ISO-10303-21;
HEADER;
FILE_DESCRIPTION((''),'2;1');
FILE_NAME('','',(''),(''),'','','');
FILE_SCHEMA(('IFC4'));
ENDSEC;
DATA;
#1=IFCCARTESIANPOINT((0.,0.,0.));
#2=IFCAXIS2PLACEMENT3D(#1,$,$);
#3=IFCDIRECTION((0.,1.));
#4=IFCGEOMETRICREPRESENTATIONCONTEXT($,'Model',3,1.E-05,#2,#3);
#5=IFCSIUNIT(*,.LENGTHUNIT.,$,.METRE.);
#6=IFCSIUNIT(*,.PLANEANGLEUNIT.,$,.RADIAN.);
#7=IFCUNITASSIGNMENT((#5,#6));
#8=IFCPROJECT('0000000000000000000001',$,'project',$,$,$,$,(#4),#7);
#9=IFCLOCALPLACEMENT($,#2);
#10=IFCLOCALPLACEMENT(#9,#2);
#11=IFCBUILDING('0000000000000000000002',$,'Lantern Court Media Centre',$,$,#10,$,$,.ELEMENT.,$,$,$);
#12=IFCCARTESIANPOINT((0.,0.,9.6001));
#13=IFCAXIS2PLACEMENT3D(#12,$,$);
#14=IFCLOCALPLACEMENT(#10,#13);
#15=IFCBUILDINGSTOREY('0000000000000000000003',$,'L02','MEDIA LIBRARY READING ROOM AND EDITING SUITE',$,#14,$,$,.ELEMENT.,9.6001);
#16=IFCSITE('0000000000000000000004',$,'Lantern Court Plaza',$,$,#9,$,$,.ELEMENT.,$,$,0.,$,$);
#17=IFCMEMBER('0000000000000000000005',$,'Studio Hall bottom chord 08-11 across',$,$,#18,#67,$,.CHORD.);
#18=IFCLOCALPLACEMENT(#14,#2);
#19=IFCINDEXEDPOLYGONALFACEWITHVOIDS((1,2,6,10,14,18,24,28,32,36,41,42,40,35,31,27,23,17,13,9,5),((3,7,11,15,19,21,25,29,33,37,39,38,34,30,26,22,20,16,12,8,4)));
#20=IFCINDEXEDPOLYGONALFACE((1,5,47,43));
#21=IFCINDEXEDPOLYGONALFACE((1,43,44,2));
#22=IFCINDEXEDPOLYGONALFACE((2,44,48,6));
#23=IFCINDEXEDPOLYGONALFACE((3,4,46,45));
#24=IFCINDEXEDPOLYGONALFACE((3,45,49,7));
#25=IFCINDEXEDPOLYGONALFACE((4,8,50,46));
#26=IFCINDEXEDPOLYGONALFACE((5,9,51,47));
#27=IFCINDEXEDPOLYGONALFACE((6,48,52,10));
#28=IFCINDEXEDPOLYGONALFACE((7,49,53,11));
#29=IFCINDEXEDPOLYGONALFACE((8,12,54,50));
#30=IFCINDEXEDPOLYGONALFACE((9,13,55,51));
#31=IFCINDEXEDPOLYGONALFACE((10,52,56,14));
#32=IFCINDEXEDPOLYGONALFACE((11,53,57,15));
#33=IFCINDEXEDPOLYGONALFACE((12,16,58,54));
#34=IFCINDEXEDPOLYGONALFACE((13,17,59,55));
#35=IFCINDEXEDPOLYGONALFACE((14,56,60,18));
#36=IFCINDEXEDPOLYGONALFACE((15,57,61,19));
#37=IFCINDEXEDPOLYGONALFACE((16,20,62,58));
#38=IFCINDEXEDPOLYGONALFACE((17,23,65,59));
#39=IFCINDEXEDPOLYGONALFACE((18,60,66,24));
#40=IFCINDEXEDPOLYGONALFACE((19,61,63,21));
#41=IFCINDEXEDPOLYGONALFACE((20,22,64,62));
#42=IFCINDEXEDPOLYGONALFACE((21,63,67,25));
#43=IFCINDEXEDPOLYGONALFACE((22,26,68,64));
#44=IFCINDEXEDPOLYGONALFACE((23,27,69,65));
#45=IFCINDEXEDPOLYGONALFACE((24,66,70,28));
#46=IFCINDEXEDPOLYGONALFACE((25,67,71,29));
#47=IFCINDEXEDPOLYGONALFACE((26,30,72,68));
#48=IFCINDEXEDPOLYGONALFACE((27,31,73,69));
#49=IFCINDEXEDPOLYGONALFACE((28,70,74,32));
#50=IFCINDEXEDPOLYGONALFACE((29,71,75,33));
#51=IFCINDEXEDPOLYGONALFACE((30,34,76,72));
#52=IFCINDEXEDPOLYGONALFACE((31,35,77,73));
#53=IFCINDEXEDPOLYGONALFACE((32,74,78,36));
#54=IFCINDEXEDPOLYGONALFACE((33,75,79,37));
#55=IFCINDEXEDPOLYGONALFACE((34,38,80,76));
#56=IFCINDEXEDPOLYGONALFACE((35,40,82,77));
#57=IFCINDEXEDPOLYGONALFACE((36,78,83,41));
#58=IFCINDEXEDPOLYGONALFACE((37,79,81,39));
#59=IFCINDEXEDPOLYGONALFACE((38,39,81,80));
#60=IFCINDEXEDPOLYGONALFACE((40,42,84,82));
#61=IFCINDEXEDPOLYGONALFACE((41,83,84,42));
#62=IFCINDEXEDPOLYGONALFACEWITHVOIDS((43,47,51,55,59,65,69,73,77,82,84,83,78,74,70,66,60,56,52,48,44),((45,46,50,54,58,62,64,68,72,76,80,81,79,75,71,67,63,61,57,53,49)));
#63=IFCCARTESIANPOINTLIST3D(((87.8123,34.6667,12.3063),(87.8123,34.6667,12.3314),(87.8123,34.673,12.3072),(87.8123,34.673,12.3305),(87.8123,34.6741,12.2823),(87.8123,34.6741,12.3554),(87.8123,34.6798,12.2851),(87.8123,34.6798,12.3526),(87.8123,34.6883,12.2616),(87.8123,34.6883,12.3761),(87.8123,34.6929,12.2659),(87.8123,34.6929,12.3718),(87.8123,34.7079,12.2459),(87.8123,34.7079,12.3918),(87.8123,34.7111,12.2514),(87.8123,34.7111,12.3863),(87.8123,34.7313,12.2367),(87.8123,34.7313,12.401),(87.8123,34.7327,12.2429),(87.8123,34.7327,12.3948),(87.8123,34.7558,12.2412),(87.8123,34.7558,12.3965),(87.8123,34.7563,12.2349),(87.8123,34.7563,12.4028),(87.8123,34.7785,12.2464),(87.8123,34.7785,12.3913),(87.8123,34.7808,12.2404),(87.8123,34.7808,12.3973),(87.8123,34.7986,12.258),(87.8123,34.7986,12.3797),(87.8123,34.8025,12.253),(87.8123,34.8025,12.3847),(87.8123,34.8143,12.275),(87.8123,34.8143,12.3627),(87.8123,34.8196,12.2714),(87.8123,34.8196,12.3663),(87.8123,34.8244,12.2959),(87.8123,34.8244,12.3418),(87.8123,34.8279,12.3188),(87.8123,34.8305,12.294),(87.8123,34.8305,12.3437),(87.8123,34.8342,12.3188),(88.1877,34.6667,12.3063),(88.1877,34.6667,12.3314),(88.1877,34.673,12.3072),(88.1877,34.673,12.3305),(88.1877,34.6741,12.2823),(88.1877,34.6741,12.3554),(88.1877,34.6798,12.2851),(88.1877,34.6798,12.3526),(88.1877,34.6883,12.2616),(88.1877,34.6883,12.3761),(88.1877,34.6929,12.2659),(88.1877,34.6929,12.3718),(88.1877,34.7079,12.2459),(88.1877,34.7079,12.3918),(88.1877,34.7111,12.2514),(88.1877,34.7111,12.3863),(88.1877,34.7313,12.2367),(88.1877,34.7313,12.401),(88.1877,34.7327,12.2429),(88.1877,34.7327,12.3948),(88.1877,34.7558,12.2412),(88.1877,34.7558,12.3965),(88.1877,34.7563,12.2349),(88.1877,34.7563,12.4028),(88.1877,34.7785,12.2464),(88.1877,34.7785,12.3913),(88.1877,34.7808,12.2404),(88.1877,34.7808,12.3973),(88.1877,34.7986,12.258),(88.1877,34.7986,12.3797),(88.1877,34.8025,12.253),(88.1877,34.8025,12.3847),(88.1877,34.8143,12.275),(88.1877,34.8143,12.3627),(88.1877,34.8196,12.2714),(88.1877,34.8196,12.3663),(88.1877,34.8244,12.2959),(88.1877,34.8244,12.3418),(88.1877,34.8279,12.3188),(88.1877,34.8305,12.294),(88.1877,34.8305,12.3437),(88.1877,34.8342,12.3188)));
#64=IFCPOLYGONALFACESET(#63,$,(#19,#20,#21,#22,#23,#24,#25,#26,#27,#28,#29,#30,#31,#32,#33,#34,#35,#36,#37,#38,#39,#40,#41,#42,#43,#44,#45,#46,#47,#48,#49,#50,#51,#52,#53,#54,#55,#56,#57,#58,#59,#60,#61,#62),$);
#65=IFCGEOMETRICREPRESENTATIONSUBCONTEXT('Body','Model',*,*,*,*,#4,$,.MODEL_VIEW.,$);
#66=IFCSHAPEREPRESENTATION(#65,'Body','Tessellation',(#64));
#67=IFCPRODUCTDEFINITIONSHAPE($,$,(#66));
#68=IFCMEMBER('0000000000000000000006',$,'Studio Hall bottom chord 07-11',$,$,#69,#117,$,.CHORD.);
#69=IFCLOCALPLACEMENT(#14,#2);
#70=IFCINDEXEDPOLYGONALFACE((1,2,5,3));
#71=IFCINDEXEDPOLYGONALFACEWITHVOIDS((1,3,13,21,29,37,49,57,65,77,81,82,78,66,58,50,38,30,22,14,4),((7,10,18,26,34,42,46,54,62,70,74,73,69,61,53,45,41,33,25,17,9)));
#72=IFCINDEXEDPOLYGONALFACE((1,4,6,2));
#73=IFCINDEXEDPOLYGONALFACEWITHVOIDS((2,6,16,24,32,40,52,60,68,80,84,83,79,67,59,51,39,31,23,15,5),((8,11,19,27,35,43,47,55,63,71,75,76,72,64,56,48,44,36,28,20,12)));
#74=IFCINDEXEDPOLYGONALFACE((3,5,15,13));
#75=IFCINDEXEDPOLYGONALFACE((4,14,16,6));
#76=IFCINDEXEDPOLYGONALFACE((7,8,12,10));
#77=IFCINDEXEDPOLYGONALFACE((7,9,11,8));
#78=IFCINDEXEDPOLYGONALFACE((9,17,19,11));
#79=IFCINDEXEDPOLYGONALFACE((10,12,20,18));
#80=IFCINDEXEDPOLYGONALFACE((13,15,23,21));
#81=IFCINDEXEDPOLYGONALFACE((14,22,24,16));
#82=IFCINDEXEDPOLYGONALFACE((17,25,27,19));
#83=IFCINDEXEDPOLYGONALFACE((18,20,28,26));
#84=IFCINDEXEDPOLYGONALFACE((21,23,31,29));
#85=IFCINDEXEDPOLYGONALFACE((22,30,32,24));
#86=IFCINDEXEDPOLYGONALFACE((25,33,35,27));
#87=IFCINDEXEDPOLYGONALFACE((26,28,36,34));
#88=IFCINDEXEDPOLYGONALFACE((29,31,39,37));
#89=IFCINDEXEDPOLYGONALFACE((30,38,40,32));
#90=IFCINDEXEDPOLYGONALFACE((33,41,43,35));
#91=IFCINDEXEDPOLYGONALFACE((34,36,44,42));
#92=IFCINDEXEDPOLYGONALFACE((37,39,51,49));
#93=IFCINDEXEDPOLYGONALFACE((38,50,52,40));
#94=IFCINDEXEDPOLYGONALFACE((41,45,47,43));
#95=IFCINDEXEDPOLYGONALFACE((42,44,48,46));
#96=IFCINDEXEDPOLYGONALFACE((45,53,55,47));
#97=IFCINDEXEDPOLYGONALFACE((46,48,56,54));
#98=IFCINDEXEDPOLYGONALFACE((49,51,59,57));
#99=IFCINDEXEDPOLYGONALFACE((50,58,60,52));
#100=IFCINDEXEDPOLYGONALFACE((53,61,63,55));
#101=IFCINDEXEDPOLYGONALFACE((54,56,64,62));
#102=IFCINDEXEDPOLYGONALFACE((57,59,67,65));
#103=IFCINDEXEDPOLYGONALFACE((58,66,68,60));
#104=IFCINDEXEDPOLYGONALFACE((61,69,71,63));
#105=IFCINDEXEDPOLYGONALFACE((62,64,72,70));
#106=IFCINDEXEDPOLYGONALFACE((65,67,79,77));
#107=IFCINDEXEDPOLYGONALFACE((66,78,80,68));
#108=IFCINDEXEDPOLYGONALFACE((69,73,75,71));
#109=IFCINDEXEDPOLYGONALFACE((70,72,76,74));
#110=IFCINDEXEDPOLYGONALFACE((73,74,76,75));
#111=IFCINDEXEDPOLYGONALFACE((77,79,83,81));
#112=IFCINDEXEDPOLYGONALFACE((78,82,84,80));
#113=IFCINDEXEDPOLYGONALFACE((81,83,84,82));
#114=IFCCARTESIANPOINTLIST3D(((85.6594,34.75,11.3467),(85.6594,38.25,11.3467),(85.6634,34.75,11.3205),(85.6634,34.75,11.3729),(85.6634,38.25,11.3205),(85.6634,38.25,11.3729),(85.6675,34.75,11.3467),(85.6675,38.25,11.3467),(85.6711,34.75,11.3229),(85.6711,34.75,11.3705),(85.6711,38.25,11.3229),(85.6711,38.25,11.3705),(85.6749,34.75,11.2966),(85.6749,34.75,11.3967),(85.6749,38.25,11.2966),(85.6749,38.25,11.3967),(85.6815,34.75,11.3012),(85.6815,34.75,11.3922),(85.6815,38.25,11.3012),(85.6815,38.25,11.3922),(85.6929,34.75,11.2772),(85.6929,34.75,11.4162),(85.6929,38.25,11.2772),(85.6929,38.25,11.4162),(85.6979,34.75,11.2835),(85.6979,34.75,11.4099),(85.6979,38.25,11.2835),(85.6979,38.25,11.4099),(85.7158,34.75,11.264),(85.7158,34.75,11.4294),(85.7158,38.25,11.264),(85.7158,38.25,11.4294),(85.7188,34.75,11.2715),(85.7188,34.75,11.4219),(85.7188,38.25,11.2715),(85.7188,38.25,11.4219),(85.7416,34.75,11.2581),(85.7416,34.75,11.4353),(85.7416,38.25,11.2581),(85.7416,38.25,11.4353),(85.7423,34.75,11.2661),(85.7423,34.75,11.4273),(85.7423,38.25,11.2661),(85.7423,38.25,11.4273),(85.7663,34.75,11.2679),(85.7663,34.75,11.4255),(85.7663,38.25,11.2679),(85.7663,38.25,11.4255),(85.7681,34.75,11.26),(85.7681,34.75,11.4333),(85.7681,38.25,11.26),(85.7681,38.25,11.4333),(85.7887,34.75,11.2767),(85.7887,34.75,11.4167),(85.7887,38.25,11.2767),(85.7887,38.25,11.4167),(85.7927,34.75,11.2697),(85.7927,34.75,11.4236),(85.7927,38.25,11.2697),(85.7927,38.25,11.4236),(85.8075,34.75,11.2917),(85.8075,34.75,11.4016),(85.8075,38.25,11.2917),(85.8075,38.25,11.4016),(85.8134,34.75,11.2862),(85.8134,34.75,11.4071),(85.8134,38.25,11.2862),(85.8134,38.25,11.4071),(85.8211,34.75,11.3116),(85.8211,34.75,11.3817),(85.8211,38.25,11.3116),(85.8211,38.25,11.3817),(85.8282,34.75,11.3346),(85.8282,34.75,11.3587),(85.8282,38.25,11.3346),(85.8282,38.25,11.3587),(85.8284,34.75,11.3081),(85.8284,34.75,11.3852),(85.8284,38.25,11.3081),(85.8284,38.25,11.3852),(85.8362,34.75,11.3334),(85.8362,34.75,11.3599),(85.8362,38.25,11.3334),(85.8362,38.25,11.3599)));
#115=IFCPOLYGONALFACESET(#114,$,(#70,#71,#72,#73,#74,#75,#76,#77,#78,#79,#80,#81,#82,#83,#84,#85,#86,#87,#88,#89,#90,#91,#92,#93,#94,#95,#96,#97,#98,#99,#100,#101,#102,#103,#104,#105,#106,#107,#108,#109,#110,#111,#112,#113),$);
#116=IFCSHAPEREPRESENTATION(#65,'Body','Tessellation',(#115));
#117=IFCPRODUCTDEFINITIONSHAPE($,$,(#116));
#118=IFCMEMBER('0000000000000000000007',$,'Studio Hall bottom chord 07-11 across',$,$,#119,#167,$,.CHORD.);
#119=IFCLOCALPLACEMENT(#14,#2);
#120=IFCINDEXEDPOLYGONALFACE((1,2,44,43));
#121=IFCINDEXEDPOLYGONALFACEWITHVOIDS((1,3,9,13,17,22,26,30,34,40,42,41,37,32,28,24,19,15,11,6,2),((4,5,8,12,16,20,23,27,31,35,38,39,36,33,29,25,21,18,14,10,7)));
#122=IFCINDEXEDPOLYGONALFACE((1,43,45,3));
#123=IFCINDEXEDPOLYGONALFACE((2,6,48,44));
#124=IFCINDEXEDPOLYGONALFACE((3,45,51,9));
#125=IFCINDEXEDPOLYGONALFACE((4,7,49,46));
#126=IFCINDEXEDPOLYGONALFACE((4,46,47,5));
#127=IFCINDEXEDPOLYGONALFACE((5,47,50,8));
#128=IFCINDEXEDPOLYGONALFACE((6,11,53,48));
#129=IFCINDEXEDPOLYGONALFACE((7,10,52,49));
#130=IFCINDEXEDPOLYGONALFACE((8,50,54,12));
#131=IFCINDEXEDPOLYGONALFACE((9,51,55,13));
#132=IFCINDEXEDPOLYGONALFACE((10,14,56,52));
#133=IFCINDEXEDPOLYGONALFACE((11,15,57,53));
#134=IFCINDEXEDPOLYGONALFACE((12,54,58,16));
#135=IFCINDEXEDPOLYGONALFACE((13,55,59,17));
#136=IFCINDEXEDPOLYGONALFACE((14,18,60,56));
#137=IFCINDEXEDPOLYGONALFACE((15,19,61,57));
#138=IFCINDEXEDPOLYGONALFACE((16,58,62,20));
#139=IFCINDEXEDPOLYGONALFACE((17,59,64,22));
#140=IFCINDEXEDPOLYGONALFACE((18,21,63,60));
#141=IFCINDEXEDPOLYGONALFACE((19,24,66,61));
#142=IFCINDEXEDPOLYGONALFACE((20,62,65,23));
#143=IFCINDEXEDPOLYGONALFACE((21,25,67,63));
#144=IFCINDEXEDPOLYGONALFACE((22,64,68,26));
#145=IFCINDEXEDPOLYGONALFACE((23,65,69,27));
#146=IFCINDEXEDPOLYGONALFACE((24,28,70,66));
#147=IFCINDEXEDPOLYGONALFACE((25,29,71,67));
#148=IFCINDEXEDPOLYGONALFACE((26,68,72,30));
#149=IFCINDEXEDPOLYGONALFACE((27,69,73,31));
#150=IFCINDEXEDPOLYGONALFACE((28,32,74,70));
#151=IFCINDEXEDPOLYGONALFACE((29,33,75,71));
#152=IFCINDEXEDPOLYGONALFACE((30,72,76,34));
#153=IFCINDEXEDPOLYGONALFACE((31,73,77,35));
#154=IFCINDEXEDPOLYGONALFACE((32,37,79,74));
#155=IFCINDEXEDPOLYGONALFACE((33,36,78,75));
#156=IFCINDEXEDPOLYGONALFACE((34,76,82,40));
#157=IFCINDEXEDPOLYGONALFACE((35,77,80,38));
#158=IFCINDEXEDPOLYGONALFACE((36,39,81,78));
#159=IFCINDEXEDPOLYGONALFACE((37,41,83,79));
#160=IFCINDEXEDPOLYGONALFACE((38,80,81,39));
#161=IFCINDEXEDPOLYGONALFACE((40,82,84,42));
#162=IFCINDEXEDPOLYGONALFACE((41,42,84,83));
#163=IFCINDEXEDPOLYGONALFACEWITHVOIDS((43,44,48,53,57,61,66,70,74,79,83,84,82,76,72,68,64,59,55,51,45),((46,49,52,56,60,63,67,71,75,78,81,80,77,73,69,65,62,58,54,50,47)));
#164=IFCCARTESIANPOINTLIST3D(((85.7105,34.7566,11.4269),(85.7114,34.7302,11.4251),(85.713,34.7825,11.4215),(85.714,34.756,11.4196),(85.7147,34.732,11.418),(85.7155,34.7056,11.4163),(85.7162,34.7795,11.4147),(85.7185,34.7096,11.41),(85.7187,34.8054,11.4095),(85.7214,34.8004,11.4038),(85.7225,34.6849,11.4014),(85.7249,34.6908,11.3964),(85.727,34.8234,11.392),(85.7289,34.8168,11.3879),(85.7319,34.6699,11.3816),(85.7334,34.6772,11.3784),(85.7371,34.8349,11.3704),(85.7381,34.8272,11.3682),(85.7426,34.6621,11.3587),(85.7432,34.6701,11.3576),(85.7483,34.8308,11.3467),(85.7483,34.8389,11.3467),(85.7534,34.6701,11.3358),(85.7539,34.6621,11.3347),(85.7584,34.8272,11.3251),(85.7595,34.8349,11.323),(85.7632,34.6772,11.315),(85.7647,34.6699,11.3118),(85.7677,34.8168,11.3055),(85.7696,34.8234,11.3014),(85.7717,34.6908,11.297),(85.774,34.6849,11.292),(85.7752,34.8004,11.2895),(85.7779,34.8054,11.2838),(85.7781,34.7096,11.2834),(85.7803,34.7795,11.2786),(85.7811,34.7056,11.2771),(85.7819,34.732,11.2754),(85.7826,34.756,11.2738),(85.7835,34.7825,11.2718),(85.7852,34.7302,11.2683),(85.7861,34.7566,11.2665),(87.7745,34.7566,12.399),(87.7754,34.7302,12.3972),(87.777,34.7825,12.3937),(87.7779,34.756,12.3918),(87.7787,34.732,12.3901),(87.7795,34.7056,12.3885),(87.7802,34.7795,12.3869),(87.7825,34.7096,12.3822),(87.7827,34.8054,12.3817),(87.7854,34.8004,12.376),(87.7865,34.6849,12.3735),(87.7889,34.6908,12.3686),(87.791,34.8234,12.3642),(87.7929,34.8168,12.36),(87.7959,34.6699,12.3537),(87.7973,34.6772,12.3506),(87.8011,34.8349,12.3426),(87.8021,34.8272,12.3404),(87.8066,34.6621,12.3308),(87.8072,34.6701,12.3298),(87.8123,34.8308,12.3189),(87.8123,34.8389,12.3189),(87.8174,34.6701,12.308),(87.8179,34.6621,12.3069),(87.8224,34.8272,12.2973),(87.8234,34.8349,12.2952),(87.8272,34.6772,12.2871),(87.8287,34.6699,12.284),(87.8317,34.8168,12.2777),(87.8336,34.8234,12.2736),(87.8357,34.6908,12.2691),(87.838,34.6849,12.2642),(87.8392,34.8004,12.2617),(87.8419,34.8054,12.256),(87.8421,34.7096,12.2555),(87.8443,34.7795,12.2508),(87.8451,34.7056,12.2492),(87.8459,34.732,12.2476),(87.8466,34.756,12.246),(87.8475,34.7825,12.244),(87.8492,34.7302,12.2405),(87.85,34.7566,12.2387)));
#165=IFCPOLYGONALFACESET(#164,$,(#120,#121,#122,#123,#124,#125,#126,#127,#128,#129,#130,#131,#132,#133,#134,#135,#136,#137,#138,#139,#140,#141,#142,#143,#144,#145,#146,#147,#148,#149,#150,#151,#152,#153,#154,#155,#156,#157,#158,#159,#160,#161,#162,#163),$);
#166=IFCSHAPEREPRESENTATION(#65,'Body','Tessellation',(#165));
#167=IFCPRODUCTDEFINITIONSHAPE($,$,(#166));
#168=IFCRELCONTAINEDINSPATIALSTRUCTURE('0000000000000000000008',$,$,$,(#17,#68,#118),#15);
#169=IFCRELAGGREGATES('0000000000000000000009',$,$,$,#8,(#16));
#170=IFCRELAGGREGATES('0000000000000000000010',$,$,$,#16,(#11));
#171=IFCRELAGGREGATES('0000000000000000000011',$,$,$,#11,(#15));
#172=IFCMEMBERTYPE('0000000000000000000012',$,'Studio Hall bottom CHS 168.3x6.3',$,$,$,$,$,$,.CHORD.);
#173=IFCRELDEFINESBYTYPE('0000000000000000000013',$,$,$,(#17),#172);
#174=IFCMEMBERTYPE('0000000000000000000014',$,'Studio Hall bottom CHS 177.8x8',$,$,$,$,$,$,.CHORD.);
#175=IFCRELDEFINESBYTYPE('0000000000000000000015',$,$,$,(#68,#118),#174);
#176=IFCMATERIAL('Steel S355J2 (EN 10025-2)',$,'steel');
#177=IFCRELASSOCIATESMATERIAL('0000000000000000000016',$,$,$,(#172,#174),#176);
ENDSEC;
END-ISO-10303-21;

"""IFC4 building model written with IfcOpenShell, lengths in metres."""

from ifc_helpers import new_model, si_unit, direction, frame, origin, origin_2d, place, context, subcontext, project, spatial, hollow_circle, extrude, material, material_profile, profile_set, type_object, element, save


model = new_model("IFC4")

# Units and contexts
model_context = context("Model", 3, precision=1e-05, world=origin(), true_north=direction((0.0, 1.0)))
body_context = subcontext(model_context, "Body", "Model", "MODEL_VIEW")
ifc_project = project(units=[si_unit("LENGTHUNIT", "METRE"), si_unit("PLANEANGLEUNIT", "RADIAN")], contexts=[model_context])

# Site, building, storey
site_placement = place(None, origin())
site = spatial("IfcSite", under=ifc_project, at=site_placement, Name="Lantern Court Plaza", CompositionType="ELEMENT", RefElevation=0.0)
building_placement = place(site_placement, origin())
building = spatial("IfcBuilding", under=site, at=building_placement, Name="Lantern Court Media Centre", CompositionType="ELEMENT")
storey_placement = place(building_placement, frame((0.0, 0.0, 9.6001)))
storey = spatial("IfcBuildingStorey", under=building, at=storey_placement, Name="L02", Description="MEDIA LIBRARY READING ROOM AND EDITING SUITE", CompositionType="ELEMENT", Elevation=9.6001)

# Members
ifc_material = material(Name="Steel S355J2 (EN 10025-2)", Category="steel")
ifc_material_profile_1 = material_profile(ifc_material, hollow_circle(Radius=0.0842, WallThickness=0.0063, at=origin_2d()), Name="Studio Hall bottom CHS 168.3x6.3")
ifc_profile_set_1 = profile_set([ifc_material_profile_1], Name="Steel S355J2 (EN 10025-2)")
member_type_1 = type_object("IfcMemberType", Name="Studio Hall bottom CHS 168.3x6.3", PredefinedType="CHORD", material=ifc_profile_set_1)
for number, where, z_axis, x_axis, name in (
    (1, (87.8123, 34.75, 12.3188), (1.0, 0.0, 0.0), (0.0, 1.0, 0.0), "Studio Hall bottom chord 08-11 across"),
):
    element("IfcMember", number, at=place(storey_placement, frame(where, z_axis=z_axis, x_axis=x_axis)), inside=storey, type_object=member_type_1, Name=name, PredefinedType="CHORD", context=body_context, shape_type="SweptSolid", body=[
        extrude(hollow_circle(Radius=0.0842, WallThickness=0.0063, at=origin_2d()), origin(), (0.0, 0.0, 1.0), 0.3755),
    ])
ifc_material_profile_2 = material_profile(ifc_material, hollow_circle(Radius=0.0889, WallThickness=0.0081, at=origin_2d()), Name="Studio Hall bottom CHS 177.8x8")
ifc_profile_set_2 = profile_set([ifc_material_profile_2], Name="Steel S355J2 (EN 10025-2)")
member_type_2 = type_object("IfcMemberType", Name="Studio Hall bottom CHS 177.8x8", PredefinedType="CHORD", material=ifc_profile_set_2)
member_1_placement = place(storey_placement, frame((85.7483, 34.75, 11.3467), z_axis=(0.0, 1.0, 0.0), x_axis=(-1.0, 0.0, 0.0)))
element("IfcMember", 2, at=member_1_placement, inside=storey, type_object=member_type_2, Name="Studio Hall bottom chord 07-11", PredefinedType="CHORD", context=body_context, shape_type="SweptSolid", body=[
    extrude(hollow_circle(Radius=0.0889, WallThickness=0.0081, at=origin_2d()), origin(), (0.0, 0.0, 1.0), 3.5),
])
member_2_placement = place(storey_placement, frame((85.7483, 34.75, 11.3467), z_axis=(0.904668, 0.0, 0.426117), x_axis=(0.0, 1.0, 0.0)))
element("IfcMember", 3, at=member_2_placement, inside=storey, type_object=member_type_2, Name="Studio Hall bottom chord 07-11 across", PredefinedType="CHORD", context=body_context, shape_type="SweptSolid", body=[
    extrude(hollow_circle(Radius=0.0889, WallThickness=0.0081, at=origin_2d()), origin(), (0.0, 0.0, 1.0), 2.2815),
])

save(model, "model.ifc")
